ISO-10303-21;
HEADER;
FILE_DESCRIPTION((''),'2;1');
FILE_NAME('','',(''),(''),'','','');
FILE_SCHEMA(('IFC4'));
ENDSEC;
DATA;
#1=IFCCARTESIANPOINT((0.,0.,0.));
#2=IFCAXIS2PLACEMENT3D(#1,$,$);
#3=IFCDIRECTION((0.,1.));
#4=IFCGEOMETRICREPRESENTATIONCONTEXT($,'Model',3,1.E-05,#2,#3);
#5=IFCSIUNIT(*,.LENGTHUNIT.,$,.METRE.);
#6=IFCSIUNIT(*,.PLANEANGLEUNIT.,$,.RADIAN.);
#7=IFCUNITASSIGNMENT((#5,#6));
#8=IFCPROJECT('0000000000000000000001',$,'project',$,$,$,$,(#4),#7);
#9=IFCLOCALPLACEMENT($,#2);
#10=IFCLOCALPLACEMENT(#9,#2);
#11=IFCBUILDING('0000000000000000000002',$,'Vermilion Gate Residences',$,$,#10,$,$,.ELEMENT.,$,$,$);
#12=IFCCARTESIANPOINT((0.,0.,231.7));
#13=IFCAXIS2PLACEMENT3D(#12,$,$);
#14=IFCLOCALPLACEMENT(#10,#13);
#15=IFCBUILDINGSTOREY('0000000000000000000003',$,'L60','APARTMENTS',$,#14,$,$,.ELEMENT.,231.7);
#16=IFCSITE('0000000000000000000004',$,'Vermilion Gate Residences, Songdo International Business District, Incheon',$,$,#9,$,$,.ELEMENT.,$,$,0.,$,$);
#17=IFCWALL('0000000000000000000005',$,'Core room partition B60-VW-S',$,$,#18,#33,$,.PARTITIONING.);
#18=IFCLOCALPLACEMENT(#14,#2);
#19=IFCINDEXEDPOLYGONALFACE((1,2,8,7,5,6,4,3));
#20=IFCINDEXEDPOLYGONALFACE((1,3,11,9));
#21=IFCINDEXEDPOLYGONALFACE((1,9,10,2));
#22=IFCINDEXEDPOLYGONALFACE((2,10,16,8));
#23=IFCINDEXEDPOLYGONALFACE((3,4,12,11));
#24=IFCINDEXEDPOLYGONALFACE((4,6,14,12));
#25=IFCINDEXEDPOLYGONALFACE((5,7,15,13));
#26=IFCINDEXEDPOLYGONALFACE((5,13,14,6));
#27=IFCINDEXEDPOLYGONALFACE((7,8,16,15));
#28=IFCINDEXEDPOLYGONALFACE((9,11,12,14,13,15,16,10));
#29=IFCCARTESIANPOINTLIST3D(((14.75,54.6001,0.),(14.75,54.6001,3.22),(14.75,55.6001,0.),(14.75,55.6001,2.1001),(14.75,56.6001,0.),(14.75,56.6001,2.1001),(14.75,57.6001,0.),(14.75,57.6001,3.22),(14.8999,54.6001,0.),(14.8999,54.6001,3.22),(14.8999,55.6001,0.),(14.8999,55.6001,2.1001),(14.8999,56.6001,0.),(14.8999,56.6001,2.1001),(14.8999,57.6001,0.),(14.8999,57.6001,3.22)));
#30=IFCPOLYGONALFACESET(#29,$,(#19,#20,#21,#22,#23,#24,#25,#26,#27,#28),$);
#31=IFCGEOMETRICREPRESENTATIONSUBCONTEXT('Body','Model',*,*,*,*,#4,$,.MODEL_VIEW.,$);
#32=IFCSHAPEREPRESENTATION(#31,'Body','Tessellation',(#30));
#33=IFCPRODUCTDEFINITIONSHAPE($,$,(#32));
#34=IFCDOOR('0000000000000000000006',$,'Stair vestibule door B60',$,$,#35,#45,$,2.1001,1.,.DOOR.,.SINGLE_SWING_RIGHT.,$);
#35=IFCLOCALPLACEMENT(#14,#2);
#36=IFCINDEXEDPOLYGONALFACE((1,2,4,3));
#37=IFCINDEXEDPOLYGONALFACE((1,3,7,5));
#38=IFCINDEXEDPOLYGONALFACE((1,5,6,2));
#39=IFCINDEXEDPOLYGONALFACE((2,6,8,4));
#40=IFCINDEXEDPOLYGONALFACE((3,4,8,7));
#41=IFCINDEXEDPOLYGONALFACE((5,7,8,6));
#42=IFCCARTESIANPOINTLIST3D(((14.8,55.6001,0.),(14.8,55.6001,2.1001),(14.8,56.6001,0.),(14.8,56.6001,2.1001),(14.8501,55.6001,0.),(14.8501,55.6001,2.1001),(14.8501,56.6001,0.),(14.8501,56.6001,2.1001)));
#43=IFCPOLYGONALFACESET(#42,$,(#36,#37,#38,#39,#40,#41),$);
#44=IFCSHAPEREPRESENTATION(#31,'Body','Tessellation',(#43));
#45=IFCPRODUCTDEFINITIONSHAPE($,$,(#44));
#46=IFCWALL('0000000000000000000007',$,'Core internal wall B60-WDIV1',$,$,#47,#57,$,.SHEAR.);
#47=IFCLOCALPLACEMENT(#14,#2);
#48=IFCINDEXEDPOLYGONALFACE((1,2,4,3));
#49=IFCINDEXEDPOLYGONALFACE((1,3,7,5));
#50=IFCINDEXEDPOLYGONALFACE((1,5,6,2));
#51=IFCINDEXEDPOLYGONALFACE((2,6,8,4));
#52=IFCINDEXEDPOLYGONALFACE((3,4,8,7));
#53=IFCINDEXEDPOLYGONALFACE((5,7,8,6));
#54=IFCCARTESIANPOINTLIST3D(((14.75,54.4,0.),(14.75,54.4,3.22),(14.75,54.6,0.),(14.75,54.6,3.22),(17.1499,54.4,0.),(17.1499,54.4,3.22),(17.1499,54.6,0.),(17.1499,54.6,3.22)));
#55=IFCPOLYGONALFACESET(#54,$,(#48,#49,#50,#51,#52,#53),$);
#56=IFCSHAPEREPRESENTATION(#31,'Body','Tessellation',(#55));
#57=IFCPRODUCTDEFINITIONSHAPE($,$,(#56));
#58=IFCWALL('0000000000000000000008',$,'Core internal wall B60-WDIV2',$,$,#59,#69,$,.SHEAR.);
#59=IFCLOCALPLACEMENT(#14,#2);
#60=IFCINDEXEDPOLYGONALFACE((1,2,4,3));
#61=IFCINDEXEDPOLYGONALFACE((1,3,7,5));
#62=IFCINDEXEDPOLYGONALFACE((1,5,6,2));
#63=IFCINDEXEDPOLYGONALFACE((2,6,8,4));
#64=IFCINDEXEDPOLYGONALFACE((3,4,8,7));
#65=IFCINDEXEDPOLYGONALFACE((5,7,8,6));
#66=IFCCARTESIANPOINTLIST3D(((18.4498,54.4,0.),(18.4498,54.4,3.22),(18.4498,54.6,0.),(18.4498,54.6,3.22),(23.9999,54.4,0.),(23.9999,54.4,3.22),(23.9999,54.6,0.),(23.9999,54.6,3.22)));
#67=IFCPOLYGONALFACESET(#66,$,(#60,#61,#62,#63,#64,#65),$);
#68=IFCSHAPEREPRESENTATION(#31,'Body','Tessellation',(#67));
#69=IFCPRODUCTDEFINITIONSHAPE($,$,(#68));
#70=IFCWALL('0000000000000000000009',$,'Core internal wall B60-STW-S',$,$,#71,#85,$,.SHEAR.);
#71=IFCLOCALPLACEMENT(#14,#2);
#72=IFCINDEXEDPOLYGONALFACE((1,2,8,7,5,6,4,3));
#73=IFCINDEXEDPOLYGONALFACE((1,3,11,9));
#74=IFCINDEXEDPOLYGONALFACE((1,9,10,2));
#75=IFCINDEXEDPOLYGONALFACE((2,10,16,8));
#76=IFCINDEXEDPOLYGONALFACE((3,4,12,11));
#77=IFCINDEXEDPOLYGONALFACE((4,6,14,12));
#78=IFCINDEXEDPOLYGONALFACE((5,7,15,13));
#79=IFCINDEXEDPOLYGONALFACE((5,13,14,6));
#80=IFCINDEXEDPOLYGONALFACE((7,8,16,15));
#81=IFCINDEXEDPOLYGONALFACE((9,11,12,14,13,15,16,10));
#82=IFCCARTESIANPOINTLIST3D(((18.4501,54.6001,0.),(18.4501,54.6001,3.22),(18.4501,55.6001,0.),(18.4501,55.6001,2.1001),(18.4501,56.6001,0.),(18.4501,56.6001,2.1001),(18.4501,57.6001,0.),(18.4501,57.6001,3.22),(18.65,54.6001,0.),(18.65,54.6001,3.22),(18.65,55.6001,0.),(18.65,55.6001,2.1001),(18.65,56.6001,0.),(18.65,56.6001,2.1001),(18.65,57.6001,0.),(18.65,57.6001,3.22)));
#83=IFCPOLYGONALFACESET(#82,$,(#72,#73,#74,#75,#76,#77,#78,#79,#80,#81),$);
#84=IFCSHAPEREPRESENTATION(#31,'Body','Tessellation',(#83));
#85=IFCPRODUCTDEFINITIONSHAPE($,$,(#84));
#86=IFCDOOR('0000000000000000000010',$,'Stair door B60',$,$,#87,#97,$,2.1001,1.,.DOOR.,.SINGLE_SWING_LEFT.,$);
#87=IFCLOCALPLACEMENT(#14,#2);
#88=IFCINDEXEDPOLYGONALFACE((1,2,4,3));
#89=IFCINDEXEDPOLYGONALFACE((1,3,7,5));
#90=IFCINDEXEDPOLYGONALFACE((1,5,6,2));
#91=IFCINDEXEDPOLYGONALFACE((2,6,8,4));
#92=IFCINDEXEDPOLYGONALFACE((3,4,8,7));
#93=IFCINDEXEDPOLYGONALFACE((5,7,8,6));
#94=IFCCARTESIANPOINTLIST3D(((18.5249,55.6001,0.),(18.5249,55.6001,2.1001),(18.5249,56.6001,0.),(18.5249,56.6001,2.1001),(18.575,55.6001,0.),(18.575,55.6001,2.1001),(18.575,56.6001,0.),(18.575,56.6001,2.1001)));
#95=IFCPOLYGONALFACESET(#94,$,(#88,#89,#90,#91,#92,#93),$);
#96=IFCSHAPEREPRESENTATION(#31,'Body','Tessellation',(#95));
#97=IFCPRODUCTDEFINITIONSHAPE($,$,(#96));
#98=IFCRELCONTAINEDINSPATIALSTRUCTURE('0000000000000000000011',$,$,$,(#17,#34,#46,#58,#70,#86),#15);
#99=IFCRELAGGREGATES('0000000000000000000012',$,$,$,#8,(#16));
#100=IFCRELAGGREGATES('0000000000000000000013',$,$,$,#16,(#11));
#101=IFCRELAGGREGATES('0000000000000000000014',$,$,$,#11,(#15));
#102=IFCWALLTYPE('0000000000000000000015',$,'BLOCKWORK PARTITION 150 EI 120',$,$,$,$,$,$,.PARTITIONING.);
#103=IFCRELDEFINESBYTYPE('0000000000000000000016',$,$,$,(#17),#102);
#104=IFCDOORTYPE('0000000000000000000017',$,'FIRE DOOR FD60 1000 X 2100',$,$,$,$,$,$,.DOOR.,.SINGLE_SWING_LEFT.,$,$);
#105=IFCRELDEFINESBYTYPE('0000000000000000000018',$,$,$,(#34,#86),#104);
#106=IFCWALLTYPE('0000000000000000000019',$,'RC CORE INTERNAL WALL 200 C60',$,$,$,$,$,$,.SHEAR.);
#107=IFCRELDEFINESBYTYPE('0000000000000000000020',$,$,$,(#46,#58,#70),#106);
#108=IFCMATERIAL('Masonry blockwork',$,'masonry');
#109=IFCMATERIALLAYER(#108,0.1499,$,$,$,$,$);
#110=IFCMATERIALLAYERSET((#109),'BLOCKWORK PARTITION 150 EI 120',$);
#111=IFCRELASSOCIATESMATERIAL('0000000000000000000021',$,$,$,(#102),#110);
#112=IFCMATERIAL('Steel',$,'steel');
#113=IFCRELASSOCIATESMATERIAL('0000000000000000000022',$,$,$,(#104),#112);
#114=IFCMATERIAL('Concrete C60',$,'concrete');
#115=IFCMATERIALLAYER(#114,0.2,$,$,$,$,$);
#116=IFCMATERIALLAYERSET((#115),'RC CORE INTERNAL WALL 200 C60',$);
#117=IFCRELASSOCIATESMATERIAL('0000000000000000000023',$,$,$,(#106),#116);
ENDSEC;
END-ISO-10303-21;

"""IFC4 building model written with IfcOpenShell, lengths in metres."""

from ifc_helpers import new_model, si_unit, direction, frame, frame_2d, origin, place, context, subcontext, project, spatial, rectangle, extrude, material, layer, layer_set, type_object, element, fill, save


model = new_model("IFC4")

# Units and contexts
model_context = context("Model", 3, precision=1e-05, world=origin(), true_north=direction((0.0, 1.0)))
body_context = subcontext(model_context, "Body", "Model", "MODEL_VIEW")
ifc_project = project(units=[si_unit("LENGTHUNIT", "METRE"), si_unit("PLANEANGLEUNIT", "RADIAN")], contexts=[model_context])

# Site, building, storey
site_placement = place(None, origin())
site = spatial("IfcSite", under=ifc_project, at=site_placement, Name="Vermilion Gate Residences, Songdo International Business District, Incheon", CompositionType="ELEMENT", RefElevation=0.0)
building_placement = place(site_placement, origin())
building = spatial("IfcBuilding", under=site, at=building_placement, Name="Vermilion Gate Residences", CompositionType="ELEMENT")
storey_placement = place(building_placement, frame((0.0, 0.0, 231.7)))
storey = spatial("IfcBuildingStorey", under=building, at=storey_placement, Name="L60", Description="APARTMENTS", CompositionType="ELEMENT", Elevation=231.7)

# Wall, opening, door
ifc_material_1 = material(Name="Masonry blockwork", Category="masonry")
ifc_layer_1 = layer(ifc_material_1, 0.1499)
ifc_layer_set_1 = layer_set([ifc_layer_1], Name="BLOCKWORK PARTITION 150 EI 120")
wall_type_1 = type_object("IfcWallType", Name="BLOCKWORK PARTITION 150 EI 120", PredefinedType="PARTITIONING", material=ifc_layer_set_1)
wall_1_placement = place(storey_placement, frame((14.825, 57.6001, 0.0), z_axis=(0.0, 0.0, 1.0), x_axis=(0.0, -1.0, 0.0)))
wall_1 = element("IfcWall", 1, at=wall_1_placement, inside=storey, type_object=wall_type_1, Name="Core room partition B60-VW-S", PredefinedType="PARTITIONING", context=body_context, shape_type="SweptSolid", body=[
    extrude(rectangle(XDim=3.0, YDim=0.1499, at=frame_2d((1.5, 0.0))), origin(), (0.0, 0.0, 1.0), 3.22),
])
opening_1_placement = place(wall_1_placement, frame((1.0, 0.0, 0.0)))
opening_1 = element("IfcOpeningElement", 2, at=opening_1_placement, cuts=wall_1, PredefinedType="OPENING", context=body_context, shape_type="SweptSolid", body=[
    extrude(rectangle(XDim=1.0, YDim=2.1001, at=frame_2d((0.5, 1.05))), frame((0.0, 0.085, 0.0), z_axis=(0.0, -1.0, 0.0), x_axis=(1.0, 0.0, 0.0)), (0.0, 0.0, 1.0), 0.1699),
])
ifc_material_2 = material(Name="Steel", Category="steel")
door_type = type_object("IfcDoorType", Name="FIRE DOOR FD60 1000 X 2100", OperationType="SINGLE_SWING_LEFT", PredefinedType="DOOR", material=ifc_material_2)
door_1_placement = place(opening_1_placement, frame((1.0, 0.0, 0.0), z_axis=(0.0, 0.0, 1.0), x_axis=(-1.0, 0.0, 0.0)))
door_1 = element("IfcDoor", 3, at=door_1_placement, inside=storey, type_object=door_type, Name="Stair vestibule door B60", OperationType="SINGLE_SWING_RIGHT", OverallHeight=2.1001, OverallWidth=1.0, PredefinedType="DOOR", context=body_context, shape_type="SweptSolid", body=[
    extrude(rectangle(XDim=1.0, YDim=2.1001, at=frame_2d((0.5, 1.05))), frame((0.0, 0.0249, 0.0), z_axis=(0.0, -1.0, 0.0), x_axis=(1.0, 0.0, 0.0)), (0.0, 0.0, 1.0), 0.05),
])
fill(opening_1, door_1)

# Walls
ifc_material_3 = material(Name="Concrete C60", Category="concrete")
ifc_layer_2 = layer(ifc_material_3, 0.2)
ifc_layer_set_2 = layer_set([ifc_layer_2], Name="RC CORE INTERNAL WALL 200 C60")
wall_type_2 = type_object("IfcWallType", Name="RC CORE INTERNAL WALL 200 C60", PredefinedType="SHEAR", material=ifc_layer_set_2)
wall_2_placement = place(storey_placement, frame((14.75, 54.5, 0.0), z_axis=(0.0, 0.0, 1.0), x_axis=(1.0, 0.0, 0.0)))
element("IfcWall", 4, at=wall_2_placement, inside=storey, type_object=wall_type_2, Name="Core internal wall B60-WDIV1", PredefinedType="SHEAR", context=body_context, shape_type="SweptSolid", body=[
    extrude(rectangle(XDim=2.3999, YDim=0.2, at=frame_2d((1.2, 0.0))), origin(), (0.0, 0.0, 1.0), 3.22),
])
wall_3_placement = place(storey_placement, frame((18.45, 54.5, 0.0), z_axis=(0.0, 0.0, 1.0), x_axis=(1.0, 0.0, 0.0)))
element("IfcWall", 5, at=wall_3_placement, inside=storey, type_object=wall_type_2, Name="Core internal wall B60-WDIV2", PredefinedType="SHEAR", context=body_context, shape_type="SweptSolid", body=[
    extrude(rectangle(XDim=5.55, YDim=0.2, at=frame_2d((2.7749, 0.0))), origin(), (0.0, 0.0, 1.0), 3.22),
])

# Wall, opening, door
wall_4_placement = place(storey_placement, frame((18.55, 57.6001, 0.0), z_axis=(0.0, 0.0, 1.0), x_axis=(0.0, -1.0, 0.0)))
wall_4 = element("IfcWall", 6, at=wall_4_placement, inside=storey, type_object=wall_type_2, Name="Core internal wall B60-STW-S", PredefinedType="SHEAR", context=body_context, shape_type="SweptSolid", body=[
    extrude(rectangle(XDim=3.0, YDim=0.2, at=frame_2d((1.5, 0.0))), origin(), (0.0, 0.0, 1.0), 3.22),
])
opening_2_placement = place(wall_4_placement, frame((1.0, 0.0, 0.0)))
opening_2 = element("IfcOpeningElement", 7, at=opening_2_placement, cuts=wall_4, PredefinedType="OPENING", context=body_context, shape_type="SweptSolid", body=[
    extrude(rectangle(XDim=1.0, YDim=2.1001, at=frame_2d((0.5, 1.05))), frame((0.0, 0.1099, 0.0), z_axis=(0.0, -1.0, 0.0), x_axis=(1.0, 0.0, 0.0)), (0.0, 0.0, 1.0), 0.22),
])
door_2_placement = place(opening_2_placement, origin())
door_2 = element("IfcDoor", 8, at=door_2_placement, inside=storey, type_object=door_type, Name="Stair door B60", OperationType="SINGLE_SWING_LEFT", OverallHeight=2.1001, OverallWidth=1.0, PredefinedType="DOOR", context=body_context, shape_type="SweptSolid", body=[
    extrude(rectangle(XDim=1.0, YDim=2.1001, at=frame_2d((0.5, 1.05))), frame((0.0, 0.0249, 0.0), z_axis=(0.0, -1.0, 0.0), x_axis=(1.0, 0.0, 0.0)), (0.0, 0.0, 1.0), 0.05),
])
fill(opening_2, door_2)

save(model, "model.ifc")
